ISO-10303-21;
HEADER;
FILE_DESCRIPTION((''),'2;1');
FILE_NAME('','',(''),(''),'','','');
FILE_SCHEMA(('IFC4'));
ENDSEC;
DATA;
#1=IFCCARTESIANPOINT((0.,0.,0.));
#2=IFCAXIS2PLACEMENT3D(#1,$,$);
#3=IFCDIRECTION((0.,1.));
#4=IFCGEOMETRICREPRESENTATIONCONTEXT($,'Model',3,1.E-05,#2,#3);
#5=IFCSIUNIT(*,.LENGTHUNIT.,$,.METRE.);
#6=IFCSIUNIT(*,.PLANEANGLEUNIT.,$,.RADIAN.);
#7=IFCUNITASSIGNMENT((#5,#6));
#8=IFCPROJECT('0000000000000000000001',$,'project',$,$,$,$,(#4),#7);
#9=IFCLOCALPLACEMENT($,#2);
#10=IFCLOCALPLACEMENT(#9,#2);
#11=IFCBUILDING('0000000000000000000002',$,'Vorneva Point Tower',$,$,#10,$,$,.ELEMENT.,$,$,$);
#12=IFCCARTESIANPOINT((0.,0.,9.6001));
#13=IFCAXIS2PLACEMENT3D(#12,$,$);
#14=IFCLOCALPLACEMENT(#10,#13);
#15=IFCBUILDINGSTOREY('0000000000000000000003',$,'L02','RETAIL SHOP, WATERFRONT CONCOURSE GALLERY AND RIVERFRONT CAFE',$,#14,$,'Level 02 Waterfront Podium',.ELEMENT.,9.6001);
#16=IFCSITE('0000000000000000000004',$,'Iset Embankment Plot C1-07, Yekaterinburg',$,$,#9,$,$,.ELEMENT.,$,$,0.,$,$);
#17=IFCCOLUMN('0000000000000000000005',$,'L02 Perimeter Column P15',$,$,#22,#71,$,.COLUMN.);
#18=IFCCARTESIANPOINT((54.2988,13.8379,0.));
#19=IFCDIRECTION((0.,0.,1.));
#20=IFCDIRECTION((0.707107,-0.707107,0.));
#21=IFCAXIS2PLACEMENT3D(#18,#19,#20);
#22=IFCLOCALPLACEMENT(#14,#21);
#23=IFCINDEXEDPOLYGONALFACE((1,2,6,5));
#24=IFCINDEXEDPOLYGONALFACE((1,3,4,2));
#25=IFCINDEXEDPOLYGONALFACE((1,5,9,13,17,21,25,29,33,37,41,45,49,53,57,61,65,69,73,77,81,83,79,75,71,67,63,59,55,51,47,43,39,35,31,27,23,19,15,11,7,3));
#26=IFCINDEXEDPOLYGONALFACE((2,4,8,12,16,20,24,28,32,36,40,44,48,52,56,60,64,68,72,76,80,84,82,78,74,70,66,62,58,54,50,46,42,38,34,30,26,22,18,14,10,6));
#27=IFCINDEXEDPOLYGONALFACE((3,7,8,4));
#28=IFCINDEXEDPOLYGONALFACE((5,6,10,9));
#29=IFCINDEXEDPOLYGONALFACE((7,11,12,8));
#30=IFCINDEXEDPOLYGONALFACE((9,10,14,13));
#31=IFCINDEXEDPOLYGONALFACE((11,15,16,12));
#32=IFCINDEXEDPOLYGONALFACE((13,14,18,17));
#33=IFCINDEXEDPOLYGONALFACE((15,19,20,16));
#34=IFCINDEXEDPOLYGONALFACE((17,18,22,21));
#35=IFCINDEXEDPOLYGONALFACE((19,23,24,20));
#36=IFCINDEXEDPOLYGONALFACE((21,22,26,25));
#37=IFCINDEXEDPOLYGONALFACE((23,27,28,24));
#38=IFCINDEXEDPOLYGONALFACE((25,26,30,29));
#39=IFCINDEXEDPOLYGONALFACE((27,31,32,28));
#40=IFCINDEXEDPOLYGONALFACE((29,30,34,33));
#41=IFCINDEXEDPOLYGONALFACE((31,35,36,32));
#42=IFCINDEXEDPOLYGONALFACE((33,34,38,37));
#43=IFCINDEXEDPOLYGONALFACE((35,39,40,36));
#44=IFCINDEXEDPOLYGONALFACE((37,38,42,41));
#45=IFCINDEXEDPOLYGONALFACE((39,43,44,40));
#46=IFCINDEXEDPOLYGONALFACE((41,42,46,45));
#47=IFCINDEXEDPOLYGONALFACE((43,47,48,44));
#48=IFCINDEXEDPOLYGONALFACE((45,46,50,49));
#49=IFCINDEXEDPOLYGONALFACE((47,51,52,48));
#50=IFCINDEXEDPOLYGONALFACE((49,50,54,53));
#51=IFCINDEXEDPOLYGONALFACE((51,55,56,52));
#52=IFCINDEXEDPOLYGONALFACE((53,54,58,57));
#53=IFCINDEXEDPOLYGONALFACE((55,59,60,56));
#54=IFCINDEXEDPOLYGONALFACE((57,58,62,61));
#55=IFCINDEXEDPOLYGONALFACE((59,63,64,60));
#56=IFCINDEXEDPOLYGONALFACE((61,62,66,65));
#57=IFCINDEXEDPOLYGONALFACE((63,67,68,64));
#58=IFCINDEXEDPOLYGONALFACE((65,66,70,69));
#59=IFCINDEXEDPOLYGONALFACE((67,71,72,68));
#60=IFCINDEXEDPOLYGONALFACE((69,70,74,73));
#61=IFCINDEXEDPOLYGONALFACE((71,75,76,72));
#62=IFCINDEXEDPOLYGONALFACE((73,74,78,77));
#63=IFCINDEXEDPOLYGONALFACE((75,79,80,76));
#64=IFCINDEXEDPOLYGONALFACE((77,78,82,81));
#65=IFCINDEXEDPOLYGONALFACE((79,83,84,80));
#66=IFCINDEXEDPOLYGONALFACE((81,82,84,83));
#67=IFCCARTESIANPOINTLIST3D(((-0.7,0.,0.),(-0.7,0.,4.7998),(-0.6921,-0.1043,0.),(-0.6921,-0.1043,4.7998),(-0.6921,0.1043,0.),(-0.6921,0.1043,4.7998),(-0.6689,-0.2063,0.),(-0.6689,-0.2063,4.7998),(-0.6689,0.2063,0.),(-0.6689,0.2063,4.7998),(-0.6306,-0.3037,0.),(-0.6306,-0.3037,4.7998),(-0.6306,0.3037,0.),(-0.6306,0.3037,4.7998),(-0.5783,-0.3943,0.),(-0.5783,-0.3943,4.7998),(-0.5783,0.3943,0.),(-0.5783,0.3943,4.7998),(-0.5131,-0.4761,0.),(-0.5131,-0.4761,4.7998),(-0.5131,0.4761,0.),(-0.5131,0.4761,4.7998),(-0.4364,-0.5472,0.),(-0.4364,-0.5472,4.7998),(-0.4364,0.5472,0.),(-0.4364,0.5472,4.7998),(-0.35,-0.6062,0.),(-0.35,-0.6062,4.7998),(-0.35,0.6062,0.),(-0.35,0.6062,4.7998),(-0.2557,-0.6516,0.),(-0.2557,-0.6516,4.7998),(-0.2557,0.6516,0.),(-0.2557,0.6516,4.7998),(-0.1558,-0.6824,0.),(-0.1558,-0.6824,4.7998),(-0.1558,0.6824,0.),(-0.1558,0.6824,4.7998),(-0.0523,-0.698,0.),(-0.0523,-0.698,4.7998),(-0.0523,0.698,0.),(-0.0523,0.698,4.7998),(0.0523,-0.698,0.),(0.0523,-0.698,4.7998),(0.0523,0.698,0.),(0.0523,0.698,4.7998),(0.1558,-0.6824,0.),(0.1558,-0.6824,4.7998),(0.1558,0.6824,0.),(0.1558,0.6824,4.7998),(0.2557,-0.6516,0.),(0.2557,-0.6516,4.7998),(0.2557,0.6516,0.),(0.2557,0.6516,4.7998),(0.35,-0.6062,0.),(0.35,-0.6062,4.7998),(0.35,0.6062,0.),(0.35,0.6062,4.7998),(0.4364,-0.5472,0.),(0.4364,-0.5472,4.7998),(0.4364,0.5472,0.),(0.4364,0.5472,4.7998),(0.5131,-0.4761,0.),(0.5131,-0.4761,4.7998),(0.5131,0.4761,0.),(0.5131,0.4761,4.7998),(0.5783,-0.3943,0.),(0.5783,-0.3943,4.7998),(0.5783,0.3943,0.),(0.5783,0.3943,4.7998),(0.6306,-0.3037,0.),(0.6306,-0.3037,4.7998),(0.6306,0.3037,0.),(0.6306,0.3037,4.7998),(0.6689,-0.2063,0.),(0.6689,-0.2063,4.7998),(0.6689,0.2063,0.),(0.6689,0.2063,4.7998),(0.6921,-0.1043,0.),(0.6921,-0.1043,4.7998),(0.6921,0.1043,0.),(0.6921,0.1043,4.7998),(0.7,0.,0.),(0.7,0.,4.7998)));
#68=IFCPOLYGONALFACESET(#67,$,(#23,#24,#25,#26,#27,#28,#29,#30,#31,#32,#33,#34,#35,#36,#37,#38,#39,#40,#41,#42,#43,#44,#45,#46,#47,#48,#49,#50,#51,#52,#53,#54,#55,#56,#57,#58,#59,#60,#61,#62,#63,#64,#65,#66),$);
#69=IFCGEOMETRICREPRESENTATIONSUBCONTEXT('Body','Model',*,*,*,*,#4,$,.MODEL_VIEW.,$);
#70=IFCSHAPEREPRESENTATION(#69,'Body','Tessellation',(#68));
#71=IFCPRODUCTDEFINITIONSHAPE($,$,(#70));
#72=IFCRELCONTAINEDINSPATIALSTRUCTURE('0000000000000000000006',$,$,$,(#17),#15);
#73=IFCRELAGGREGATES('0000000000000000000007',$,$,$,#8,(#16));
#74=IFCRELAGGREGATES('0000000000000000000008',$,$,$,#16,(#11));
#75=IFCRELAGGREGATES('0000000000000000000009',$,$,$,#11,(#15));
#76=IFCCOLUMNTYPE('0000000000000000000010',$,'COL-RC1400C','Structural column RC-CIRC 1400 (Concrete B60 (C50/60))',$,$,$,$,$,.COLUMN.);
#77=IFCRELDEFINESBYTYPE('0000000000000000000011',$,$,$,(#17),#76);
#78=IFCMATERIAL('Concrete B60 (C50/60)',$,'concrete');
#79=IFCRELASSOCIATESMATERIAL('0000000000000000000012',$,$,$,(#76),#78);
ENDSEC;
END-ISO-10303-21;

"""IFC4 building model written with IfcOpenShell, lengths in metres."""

from ifc_helpers import new_model, si_unit, direction, frame, origin, origin_2d, place, context, subcontext, project, spatial, circle, extrude, material, material_profile, profile_set, type_object, element, save


model = new_model("IFC4")

# Units and contexts
model_context = context("Model", 3, precision=1e-05, world=origin(), true_north=direction((0.0, 1.0)))
body_context = subcontext(model_context, "Body", "Model", "MODEL_VIEW")
ifc_project = project(units=[si_unit("LENGTHUNIT", "METRE"), si_unit("PLANEANGLEUNIT", "RADIAN")], contexts=[model_context])

# Site, building, storey
site_placement = place(None, origin())
site = spatial("IfcSite", under=ifc_project, at=site_placement, Name="Iset Embankment Plot C1-07, Yekaterinburg", CompositionType="ELEMENT", RefElevation=0.0)
building_placement = place(site_placement, origin())
building = spatial("IfcBuilding", under=site, at=building_placement, Name="Vorneva Point Tower", CompositionType="ELEMENT")
storey_placement = place(building_placement, frame((0.0, 0.0, 9.6001)))
storey = spatial("IfcBuildingStorey", under=building, at=storey_placement, Name="L02", Description="RETAIL SHOP, WATERFRONT CONCOURSE GALLERY AND RIVERFRONT CAFE", LongName="Level 02 Waterfront Podium", CompositionType="ELEMENT", Elevation=9.6001)

# Column
ifc_material_1 = material(Name="Concrete B60 (C50/60)", Category="concrete")
ifc_material_profile_1 = material_profile(ifc_material_1, circle(Radius=0.7, at=origin_2d()), Name="RC-CIRC 1400")
ifc_profile_set_1 = profile_set([ifc_material_profile_1], Name="Concrete B60 (C50/60)")
column_type_1 = type_object("IfcColumnType", Name="COL-RC1400C", Description="Structural column RC-CIRC 1400 (Concrete B60 (C50/60))", PredefinedType="COLUMN", material=ifc_profile_set_1)
column_1_placement = place(storey_placement, frame((54.2988, 13.8379, 0.0), z_axis=(0.0, 0.0, 1.0), x_axis=(0.707107, -0.707107, 0.0)))
element("IfcColumn", 1, at=column_1_placement, inside=storey, type_object=column_type_1, Name="L02 Perimeter Column P15", PredefinedType="COLUMN", context=body_context, shape_type="SweptSolid", body=[
    extrude(circle(Radius=0.7, at=origin_2d()), origin(), (0.0, 0.0, 1.0), 4.7998),
])

save(model, "model.ifc")
